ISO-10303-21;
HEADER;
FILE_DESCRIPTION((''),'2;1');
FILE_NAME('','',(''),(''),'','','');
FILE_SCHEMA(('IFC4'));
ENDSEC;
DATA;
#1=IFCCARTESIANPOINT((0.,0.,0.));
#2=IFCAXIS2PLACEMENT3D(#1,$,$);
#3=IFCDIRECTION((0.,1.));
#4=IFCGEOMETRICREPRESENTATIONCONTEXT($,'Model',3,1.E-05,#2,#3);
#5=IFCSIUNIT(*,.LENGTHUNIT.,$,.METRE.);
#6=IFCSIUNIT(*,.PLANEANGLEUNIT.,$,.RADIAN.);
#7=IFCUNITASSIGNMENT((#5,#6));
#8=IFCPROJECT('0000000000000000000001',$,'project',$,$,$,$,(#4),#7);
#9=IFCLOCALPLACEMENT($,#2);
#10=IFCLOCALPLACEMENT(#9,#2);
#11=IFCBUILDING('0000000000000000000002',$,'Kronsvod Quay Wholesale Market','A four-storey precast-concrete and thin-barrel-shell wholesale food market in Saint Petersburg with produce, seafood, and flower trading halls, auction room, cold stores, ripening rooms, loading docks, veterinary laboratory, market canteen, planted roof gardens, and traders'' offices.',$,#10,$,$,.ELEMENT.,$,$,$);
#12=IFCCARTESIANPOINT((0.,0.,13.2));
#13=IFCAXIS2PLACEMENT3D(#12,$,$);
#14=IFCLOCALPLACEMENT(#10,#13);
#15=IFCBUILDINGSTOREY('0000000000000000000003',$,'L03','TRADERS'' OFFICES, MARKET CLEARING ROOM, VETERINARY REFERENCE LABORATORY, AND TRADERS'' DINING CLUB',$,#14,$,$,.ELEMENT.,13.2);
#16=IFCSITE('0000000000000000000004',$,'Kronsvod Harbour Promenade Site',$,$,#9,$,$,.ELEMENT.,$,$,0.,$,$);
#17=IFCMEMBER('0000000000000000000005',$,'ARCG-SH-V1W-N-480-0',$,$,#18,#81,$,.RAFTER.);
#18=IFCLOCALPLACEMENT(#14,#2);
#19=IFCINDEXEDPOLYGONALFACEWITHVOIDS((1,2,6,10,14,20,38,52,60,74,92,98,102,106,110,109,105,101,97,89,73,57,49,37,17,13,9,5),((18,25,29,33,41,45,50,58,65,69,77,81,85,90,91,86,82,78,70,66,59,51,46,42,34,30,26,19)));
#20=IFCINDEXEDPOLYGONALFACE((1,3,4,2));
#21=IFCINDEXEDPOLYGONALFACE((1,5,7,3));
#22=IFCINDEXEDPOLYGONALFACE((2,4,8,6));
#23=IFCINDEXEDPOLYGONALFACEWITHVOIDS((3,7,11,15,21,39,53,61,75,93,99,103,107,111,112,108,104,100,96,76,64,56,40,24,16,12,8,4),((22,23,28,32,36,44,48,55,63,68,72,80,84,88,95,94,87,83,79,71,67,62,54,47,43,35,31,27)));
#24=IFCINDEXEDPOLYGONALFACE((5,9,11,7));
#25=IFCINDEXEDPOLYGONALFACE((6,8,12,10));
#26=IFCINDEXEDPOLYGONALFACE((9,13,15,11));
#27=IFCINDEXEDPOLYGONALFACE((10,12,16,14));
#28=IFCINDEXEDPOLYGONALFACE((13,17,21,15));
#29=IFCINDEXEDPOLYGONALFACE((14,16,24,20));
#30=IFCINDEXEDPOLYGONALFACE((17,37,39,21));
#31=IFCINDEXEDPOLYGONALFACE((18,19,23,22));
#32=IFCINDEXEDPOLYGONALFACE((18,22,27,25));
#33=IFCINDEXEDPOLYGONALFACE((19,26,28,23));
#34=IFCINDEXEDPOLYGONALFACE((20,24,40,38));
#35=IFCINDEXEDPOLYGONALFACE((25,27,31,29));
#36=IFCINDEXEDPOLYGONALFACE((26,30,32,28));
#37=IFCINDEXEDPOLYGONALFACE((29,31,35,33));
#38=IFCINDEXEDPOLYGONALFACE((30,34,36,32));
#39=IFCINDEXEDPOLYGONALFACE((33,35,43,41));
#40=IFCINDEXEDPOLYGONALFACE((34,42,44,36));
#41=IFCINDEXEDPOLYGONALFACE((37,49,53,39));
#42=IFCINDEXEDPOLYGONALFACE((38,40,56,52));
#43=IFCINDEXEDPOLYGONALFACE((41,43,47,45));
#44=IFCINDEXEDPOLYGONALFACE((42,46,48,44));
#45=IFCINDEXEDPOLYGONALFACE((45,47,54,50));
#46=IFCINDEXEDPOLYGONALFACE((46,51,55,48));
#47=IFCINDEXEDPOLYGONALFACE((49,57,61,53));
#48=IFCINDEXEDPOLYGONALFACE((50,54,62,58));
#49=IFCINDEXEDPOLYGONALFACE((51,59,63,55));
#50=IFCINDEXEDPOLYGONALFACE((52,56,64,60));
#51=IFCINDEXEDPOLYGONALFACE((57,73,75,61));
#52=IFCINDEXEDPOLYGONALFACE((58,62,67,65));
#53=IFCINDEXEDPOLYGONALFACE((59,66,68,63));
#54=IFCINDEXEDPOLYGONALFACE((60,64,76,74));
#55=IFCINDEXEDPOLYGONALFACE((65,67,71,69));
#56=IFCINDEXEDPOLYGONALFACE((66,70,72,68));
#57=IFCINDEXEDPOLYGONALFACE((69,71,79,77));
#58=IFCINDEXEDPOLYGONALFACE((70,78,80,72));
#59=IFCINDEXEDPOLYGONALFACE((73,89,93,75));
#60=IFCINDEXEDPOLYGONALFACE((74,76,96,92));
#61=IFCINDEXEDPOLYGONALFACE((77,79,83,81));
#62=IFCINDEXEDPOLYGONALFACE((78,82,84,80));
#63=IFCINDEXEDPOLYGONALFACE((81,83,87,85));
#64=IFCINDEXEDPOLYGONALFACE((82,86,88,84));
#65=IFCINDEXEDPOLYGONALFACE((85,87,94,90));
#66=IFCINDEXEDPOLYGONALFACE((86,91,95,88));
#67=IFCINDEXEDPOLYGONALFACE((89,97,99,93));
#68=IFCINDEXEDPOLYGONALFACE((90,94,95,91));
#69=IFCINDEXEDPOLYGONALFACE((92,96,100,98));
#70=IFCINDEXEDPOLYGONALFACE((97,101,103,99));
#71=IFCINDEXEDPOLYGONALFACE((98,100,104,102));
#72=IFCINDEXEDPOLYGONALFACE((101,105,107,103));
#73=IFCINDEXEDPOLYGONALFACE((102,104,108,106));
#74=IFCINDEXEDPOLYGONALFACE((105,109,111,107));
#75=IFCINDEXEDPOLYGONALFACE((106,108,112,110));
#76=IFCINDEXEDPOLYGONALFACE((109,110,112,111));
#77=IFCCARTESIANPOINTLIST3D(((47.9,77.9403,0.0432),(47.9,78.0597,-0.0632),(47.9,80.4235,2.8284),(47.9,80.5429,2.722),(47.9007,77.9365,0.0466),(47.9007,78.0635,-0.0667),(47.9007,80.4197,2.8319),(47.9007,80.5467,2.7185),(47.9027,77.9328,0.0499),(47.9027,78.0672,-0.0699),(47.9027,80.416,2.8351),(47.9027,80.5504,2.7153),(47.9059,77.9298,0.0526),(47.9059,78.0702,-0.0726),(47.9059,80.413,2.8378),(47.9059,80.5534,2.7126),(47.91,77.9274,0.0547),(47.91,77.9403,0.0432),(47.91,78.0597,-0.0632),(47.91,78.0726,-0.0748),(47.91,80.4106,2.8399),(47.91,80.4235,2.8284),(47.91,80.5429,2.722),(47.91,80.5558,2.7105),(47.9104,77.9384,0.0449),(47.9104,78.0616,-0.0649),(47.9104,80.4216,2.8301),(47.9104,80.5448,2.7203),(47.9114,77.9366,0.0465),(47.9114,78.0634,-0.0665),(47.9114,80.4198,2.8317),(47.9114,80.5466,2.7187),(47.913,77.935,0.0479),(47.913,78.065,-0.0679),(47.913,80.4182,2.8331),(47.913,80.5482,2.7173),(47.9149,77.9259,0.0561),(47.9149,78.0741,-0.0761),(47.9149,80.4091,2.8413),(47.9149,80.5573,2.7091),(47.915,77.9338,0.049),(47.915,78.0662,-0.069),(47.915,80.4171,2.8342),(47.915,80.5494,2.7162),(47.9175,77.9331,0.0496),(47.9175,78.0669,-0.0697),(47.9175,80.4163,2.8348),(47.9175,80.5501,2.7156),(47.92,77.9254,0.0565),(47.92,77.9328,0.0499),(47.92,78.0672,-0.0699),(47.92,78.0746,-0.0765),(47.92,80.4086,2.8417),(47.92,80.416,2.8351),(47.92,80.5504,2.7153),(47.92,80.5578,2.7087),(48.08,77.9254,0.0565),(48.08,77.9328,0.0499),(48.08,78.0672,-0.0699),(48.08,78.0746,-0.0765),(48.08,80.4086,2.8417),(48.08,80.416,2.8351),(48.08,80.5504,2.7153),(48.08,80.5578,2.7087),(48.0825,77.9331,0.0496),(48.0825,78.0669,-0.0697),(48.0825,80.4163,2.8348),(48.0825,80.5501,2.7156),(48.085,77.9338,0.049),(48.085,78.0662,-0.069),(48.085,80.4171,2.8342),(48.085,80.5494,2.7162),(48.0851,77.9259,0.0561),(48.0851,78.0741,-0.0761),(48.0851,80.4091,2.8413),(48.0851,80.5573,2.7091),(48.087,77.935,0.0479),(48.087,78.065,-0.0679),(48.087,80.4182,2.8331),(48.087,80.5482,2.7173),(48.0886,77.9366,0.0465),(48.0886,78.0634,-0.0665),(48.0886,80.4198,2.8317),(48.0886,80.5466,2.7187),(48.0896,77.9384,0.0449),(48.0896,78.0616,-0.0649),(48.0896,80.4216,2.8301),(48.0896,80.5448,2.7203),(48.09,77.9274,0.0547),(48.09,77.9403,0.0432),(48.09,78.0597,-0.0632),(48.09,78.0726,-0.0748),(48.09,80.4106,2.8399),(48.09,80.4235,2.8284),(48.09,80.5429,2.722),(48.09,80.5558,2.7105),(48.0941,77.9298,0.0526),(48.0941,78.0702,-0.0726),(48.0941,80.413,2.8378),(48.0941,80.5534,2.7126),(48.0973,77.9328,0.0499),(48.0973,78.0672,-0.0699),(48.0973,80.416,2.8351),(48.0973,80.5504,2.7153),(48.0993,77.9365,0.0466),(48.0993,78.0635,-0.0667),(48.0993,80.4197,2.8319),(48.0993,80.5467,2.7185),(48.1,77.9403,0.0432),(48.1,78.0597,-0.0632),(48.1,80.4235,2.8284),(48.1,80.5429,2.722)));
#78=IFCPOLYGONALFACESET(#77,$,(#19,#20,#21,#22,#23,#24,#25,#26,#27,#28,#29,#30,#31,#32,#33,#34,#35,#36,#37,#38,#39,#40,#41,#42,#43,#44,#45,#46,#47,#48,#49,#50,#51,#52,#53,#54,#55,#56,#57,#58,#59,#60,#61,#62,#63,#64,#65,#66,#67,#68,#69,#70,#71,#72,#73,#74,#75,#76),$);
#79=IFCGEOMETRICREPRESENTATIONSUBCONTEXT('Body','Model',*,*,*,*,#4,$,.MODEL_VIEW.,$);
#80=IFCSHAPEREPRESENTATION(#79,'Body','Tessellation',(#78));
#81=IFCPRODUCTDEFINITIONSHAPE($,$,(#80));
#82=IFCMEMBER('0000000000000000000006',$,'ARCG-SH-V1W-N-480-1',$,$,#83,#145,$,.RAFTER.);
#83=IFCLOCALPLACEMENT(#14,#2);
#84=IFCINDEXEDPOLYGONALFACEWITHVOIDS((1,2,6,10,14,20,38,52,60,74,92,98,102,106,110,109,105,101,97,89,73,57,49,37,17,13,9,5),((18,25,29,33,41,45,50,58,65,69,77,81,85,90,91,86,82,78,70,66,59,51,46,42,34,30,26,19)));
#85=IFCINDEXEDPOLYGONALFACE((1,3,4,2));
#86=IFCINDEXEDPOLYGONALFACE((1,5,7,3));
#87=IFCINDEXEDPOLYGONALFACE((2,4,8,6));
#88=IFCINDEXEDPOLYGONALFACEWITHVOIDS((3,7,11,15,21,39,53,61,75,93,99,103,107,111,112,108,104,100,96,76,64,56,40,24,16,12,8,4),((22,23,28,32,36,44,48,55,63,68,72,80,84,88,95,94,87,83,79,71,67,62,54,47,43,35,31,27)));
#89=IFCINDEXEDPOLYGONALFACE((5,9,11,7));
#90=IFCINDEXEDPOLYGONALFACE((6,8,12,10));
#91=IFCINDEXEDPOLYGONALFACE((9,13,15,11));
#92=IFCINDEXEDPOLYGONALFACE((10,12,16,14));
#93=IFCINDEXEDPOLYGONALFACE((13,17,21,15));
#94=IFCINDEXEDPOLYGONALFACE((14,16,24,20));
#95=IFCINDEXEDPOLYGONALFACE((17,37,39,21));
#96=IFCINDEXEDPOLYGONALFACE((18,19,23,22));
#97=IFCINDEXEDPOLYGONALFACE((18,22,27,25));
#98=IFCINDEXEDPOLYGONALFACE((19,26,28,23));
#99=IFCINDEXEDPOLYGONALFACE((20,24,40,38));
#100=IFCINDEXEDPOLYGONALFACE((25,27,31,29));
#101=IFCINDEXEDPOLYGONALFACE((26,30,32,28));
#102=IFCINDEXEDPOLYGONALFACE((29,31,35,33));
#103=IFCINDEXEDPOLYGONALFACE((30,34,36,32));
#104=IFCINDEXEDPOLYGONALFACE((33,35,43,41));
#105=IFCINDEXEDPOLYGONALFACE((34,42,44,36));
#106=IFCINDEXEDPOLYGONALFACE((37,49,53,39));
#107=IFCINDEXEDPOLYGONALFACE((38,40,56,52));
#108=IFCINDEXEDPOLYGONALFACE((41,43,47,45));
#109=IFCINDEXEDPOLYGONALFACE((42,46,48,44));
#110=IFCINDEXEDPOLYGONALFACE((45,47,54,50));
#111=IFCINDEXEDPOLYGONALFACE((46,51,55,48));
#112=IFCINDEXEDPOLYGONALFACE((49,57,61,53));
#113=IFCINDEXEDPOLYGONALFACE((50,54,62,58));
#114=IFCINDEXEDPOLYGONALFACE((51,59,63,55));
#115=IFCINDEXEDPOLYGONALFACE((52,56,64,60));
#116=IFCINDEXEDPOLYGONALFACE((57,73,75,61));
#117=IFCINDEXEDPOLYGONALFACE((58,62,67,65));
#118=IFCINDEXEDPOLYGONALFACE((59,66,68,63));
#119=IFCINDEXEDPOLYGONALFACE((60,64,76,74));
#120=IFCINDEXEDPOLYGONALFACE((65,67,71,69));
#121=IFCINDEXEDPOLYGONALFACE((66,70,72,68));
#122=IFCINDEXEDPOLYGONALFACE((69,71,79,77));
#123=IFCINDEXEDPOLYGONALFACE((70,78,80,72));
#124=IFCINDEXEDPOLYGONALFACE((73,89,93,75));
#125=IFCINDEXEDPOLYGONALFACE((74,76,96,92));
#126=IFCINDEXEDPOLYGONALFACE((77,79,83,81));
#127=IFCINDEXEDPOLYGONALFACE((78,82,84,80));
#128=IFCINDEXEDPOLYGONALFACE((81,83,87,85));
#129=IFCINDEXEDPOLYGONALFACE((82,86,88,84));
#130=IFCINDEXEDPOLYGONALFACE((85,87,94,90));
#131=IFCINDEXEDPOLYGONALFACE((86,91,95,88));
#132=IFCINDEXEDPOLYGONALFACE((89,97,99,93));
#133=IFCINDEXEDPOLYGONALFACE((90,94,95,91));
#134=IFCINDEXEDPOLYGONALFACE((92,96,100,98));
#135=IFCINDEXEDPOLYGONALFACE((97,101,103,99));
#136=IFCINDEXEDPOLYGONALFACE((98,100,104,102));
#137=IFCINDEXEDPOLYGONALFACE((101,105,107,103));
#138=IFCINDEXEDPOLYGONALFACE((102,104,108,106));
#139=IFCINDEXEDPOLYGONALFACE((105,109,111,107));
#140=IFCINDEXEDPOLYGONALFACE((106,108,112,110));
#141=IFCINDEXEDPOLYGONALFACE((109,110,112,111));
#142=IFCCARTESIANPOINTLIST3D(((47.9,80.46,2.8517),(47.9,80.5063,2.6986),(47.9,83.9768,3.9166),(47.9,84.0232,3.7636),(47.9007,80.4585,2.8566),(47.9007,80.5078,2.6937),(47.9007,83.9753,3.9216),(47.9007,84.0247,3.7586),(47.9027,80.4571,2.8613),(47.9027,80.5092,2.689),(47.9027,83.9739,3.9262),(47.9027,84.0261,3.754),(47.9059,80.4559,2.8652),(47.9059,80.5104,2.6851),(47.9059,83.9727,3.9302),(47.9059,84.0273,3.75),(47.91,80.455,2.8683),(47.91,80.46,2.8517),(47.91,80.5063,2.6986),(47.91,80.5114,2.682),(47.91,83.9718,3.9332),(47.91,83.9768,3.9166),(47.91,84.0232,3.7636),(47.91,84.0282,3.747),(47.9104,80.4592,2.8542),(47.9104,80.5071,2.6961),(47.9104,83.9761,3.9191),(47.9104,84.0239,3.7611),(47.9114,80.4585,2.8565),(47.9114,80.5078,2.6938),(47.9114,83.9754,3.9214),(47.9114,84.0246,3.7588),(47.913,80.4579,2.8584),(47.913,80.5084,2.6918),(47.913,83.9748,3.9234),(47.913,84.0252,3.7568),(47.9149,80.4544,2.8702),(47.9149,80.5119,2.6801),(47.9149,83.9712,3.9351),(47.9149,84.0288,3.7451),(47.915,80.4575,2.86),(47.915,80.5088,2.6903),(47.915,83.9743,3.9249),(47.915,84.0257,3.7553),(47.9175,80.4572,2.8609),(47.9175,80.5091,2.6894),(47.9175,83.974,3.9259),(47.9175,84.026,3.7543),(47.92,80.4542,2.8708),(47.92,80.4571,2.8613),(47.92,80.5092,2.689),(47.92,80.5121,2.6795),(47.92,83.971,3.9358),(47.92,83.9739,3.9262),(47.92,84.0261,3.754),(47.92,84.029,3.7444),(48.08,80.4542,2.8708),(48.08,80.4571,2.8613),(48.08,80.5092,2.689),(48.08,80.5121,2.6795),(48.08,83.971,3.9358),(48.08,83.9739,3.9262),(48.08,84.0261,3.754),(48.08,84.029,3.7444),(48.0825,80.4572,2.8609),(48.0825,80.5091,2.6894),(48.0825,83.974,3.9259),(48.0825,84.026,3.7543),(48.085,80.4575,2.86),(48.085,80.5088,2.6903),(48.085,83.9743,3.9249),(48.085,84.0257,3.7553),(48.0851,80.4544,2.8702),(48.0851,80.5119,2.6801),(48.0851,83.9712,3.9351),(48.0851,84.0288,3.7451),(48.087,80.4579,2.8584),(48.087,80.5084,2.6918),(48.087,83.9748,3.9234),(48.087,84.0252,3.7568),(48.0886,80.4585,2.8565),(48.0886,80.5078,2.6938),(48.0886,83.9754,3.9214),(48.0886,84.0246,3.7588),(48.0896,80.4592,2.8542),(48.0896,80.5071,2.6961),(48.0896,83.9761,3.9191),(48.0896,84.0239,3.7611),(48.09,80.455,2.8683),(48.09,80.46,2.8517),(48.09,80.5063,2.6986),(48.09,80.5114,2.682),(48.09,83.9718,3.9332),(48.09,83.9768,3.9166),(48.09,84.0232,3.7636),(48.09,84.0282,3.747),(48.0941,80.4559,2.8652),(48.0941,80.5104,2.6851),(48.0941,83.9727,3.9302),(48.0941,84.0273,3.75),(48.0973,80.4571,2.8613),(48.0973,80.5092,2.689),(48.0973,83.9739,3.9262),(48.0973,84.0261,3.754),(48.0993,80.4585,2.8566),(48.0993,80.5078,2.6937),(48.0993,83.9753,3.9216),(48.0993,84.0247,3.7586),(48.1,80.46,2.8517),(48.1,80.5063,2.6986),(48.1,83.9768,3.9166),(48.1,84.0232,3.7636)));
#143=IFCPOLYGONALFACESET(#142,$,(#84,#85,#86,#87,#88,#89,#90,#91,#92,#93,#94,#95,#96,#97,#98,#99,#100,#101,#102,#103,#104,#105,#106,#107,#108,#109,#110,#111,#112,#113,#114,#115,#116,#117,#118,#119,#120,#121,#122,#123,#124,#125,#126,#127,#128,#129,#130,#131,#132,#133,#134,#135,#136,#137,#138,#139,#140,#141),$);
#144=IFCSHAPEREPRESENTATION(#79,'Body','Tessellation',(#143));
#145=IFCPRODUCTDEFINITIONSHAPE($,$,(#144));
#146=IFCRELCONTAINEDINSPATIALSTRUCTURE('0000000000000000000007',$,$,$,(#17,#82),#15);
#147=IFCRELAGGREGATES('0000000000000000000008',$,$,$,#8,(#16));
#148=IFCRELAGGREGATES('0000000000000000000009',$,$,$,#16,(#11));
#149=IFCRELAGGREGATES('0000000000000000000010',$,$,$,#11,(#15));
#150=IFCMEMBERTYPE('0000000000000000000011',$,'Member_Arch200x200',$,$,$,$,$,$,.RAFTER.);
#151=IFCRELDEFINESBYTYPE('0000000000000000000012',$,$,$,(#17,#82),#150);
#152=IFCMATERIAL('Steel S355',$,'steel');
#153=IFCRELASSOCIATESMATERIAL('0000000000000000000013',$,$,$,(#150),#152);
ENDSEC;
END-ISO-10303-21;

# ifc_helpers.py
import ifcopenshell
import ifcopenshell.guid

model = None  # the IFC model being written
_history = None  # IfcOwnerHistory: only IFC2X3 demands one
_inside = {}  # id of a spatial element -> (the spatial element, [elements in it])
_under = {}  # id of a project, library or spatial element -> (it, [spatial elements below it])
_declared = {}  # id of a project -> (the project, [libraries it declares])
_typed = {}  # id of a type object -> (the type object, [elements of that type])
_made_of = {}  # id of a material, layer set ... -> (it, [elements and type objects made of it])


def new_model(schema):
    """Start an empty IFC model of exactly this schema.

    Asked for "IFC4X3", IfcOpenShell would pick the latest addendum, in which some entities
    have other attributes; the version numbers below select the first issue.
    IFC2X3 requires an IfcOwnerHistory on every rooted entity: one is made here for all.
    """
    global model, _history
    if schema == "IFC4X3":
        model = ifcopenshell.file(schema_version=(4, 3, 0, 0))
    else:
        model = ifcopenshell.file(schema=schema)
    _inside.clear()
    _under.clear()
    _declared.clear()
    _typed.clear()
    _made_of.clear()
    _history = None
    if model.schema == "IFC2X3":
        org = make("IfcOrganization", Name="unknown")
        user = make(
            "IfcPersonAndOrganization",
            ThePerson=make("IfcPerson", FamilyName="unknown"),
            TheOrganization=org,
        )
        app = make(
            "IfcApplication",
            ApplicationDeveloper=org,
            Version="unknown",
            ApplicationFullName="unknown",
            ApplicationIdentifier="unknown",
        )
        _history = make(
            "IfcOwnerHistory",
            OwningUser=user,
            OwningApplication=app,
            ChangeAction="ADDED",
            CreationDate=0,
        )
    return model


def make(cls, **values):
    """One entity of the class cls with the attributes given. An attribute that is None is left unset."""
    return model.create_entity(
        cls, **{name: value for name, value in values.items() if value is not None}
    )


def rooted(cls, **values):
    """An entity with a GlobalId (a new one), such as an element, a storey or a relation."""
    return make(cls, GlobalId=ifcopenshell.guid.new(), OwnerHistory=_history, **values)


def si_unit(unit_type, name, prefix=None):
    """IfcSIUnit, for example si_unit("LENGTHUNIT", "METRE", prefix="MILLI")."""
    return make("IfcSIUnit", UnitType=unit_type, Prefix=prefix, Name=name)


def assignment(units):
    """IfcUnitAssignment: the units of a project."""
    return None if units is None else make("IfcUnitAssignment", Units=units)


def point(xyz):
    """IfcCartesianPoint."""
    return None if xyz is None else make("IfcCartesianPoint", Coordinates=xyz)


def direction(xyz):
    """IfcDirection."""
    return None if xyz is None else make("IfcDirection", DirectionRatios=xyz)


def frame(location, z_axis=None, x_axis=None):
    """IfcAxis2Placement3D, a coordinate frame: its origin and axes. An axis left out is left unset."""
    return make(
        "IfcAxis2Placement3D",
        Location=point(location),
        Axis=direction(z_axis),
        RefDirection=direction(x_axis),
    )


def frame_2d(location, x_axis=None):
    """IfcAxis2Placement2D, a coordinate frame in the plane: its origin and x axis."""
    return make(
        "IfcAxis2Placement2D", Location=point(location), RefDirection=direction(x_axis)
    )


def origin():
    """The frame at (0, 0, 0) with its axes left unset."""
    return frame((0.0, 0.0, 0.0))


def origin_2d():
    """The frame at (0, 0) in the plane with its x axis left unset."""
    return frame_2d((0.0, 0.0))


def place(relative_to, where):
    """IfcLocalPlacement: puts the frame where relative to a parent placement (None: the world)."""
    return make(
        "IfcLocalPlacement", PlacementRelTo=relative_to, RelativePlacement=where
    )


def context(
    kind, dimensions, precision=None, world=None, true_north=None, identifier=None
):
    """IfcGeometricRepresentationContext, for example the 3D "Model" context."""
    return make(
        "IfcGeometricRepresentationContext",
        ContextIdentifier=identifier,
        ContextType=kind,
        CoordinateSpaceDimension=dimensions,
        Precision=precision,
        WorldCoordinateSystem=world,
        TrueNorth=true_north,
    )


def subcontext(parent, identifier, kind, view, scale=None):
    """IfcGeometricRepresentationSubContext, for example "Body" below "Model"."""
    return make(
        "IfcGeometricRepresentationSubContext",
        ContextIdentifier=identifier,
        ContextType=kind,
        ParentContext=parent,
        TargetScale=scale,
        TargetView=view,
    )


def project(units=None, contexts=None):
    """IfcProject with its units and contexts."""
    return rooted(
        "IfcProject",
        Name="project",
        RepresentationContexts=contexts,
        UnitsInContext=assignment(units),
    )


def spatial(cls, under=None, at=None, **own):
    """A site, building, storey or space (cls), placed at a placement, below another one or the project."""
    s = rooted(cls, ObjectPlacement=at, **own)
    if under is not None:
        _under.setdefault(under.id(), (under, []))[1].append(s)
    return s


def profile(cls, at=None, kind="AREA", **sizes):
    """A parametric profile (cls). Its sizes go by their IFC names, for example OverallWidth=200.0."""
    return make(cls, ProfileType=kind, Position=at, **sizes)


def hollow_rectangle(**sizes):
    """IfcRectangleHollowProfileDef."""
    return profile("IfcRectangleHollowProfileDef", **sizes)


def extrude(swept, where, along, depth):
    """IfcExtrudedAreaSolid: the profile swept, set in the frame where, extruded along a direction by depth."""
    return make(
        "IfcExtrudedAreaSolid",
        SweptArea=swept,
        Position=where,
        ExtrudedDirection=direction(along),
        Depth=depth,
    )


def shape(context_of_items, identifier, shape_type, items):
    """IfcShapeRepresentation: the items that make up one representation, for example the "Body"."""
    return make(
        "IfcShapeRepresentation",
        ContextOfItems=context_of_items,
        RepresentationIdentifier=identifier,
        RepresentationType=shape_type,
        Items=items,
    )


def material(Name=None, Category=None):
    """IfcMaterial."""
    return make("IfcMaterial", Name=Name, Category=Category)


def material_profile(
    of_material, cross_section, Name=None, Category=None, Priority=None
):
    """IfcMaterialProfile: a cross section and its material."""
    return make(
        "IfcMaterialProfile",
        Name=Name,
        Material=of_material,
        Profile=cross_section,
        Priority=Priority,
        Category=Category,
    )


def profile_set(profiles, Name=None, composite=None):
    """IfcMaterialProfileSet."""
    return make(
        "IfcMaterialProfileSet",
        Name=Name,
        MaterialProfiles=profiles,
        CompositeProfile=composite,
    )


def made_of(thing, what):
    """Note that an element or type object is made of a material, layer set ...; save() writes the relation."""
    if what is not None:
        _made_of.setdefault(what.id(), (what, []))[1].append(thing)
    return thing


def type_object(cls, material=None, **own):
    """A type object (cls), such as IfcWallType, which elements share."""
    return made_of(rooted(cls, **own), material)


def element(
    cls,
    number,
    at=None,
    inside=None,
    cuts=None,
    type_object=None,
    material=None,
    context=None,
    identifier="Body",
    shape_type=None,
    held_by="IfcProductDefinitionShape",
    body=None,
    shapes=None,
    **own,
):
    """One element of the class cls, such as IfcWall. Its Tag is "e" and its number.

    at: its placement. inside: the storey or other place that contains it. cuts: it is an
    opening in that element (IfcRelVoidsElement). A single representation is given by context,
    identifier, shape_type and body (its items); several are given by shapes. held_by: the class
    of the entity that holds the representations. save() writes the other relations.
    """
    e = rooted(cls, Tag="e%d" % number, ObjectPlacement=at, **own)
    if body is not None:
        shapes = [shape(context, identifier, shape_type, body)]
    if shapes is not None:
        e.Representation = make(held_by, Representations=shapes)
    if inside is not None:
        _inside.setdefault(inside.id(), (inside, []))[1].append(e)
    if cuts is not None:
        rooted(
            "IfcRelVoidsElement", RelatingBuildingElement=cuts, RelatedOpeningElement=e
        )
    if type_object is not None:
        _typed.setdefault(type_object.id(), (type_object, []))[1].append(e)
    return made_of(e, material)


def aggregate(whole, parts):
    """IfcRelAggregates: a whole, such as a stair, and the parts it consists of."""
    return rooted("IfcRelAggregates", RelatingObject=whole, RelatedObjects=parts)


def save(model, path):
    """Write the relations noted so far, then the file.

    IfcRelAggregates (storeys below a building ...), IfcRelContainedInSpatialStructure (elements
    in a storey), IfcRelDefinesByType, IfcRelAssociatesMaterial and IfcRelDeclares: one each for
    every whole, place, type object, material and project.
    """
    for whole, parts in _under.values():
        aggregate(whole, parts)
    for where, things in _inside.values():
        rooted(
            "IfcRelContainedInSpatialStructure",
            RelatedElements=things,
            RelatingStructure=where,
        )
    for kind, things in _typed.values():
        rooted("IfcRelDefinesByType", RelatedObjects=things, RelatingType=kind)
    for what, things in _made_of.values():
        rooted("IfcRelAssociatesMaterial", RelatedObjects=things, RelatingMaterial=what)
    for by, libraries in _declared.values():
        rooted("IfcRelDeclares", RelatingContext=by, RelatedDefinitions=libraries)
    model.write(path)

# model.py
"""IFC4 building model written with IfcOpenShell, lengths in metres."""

from ifc_helpers import new_model, si_unit, direction, frame, origin, origin_2d, place, context, subcontext, project, spatial, hollow_rectangle, extrude, material, material_profile, profile_set, type_object, element, save


model = new_model("IFC4")

# Units and contexts
model_context = context("Model", 3, precision=1e-05, world=origin(), true_north=direction((0.0, 1.0)))
body_context = subcontext(model_context, "Body", "Model", "MODEL_VIEW")
ifc_project = project(units=[si_unit("LENGTHUNIT", "METRE"), si_unit("PLANEANGLEUNIT", "RADIAN")], contexts=[model_context])

# Site, building, storey
site_placement = place(None, origin())
site = spatial("IfcSite", under=ifc_project, at=site_placement, Name="Kronsvod Harbour Promenade Site", CompositionType="ELEMENT", RefElevation=0.0)
building_placement = place(site_placement, origin())
building = spatial("IfcBuilding", under=site, at=building_placement, Name="Kronsvod Quay Wholesale Market", Description="A four-storey precast-concrete and thin-barrel-shell wholesale food market in Saint Petersburg with produce, seafood, and flower trading halls, auction room, cold stores, ripening rooms, loading docks, veterinary laboratory, market canteen, planted roof gardens, and traders' offices.", CompositionType="ELEMENT")
storey_placement = place(building_placement, frame((0.0, 0.0, 13.2)))
storey = spatial("IfcBuildingStorey", under=building, at=storey_placement, Name="L03", Description="TRADERS' OFFICES, MARKET CLEARING ROOM, VETERINARY REFERENCE LABORATORY, AND TRADERS' DINING CLUB", CompositionType="ELEMENT", Elevation=13.2)

# Members
ifc_material_1 = material(Name="Steel S355", Category="steel")
ifc_material_profile_1 = material_profile(ifc_material_1, hollow_rectangle(XDim=0.2, YDim=0.2, WallThickness=0.01, InnerFilletRadius=0.01, OuterFilletRadius=0.02, at=origin_2d()), Name="RHS200x200x10")
ifc_profile_set_1 = profile_set([ifc_material_profile_1], Name="Steel S355")
member_type_1 = type_object("IfcMemberType", Name="Member_Arch200x200", PredefinedType="RAFTER", material=ifc_profile_set_1)
for number, where, z_axis, x_axis, name in (
    (1, (48.0, 78.0, -0.01), (0.0, 0.66548, 0.746416), (-1.0, 0.0, 0.0), "ARCG-SH-V1W-N-480-0"),
):
    element("IfcMember", number, at=place(storey_placement, frame(where, z_axis=z_axis, x_axis=x_axis)), inside=storey, type_object=member_type_1, Name=name, PredefinedType="RAFTER", context=body_context, shape_type="SweptSolid", body=[
        extrude(hollow_rectangle(XDim=0.2, YDim=0.2, WallThickness=0.01, InnerFilletRadius=0.01, OuterFilletRadius=0.02, at=origin_2d()), origin(), (0.0, 0.0, 1.0), 3.7314),
    ])
for number, where, z_axis, x_axis, name in (
    (2, (48.0, 80.4832, 2.7751), (0.0, 0.957083, 0.289816), (-1.0, 0.0, 0.0), "ARCG-SH-V1W-N-480-1"),
):
    element("IfcMember", number, at=place(storey_placement, frame(where, z_axis=z_axis, x_axis=x_axis)), inside=storey, type_object=member_type_1, Name=name, PredefinedType="RAFTER", context=body_context, shape_type="SweptSolid", body=[
        extrude(hollow_rectangle(XDim=0.2, YDim=0.2, WallThickness=0.01, InnerFilletRadius=0.01, OuterFilletRadius=0.02, at=origin_2d()), origin(), (0.0, 0.0, 1.0), 3.6746),
    ])

save(model, "model.ifc")
